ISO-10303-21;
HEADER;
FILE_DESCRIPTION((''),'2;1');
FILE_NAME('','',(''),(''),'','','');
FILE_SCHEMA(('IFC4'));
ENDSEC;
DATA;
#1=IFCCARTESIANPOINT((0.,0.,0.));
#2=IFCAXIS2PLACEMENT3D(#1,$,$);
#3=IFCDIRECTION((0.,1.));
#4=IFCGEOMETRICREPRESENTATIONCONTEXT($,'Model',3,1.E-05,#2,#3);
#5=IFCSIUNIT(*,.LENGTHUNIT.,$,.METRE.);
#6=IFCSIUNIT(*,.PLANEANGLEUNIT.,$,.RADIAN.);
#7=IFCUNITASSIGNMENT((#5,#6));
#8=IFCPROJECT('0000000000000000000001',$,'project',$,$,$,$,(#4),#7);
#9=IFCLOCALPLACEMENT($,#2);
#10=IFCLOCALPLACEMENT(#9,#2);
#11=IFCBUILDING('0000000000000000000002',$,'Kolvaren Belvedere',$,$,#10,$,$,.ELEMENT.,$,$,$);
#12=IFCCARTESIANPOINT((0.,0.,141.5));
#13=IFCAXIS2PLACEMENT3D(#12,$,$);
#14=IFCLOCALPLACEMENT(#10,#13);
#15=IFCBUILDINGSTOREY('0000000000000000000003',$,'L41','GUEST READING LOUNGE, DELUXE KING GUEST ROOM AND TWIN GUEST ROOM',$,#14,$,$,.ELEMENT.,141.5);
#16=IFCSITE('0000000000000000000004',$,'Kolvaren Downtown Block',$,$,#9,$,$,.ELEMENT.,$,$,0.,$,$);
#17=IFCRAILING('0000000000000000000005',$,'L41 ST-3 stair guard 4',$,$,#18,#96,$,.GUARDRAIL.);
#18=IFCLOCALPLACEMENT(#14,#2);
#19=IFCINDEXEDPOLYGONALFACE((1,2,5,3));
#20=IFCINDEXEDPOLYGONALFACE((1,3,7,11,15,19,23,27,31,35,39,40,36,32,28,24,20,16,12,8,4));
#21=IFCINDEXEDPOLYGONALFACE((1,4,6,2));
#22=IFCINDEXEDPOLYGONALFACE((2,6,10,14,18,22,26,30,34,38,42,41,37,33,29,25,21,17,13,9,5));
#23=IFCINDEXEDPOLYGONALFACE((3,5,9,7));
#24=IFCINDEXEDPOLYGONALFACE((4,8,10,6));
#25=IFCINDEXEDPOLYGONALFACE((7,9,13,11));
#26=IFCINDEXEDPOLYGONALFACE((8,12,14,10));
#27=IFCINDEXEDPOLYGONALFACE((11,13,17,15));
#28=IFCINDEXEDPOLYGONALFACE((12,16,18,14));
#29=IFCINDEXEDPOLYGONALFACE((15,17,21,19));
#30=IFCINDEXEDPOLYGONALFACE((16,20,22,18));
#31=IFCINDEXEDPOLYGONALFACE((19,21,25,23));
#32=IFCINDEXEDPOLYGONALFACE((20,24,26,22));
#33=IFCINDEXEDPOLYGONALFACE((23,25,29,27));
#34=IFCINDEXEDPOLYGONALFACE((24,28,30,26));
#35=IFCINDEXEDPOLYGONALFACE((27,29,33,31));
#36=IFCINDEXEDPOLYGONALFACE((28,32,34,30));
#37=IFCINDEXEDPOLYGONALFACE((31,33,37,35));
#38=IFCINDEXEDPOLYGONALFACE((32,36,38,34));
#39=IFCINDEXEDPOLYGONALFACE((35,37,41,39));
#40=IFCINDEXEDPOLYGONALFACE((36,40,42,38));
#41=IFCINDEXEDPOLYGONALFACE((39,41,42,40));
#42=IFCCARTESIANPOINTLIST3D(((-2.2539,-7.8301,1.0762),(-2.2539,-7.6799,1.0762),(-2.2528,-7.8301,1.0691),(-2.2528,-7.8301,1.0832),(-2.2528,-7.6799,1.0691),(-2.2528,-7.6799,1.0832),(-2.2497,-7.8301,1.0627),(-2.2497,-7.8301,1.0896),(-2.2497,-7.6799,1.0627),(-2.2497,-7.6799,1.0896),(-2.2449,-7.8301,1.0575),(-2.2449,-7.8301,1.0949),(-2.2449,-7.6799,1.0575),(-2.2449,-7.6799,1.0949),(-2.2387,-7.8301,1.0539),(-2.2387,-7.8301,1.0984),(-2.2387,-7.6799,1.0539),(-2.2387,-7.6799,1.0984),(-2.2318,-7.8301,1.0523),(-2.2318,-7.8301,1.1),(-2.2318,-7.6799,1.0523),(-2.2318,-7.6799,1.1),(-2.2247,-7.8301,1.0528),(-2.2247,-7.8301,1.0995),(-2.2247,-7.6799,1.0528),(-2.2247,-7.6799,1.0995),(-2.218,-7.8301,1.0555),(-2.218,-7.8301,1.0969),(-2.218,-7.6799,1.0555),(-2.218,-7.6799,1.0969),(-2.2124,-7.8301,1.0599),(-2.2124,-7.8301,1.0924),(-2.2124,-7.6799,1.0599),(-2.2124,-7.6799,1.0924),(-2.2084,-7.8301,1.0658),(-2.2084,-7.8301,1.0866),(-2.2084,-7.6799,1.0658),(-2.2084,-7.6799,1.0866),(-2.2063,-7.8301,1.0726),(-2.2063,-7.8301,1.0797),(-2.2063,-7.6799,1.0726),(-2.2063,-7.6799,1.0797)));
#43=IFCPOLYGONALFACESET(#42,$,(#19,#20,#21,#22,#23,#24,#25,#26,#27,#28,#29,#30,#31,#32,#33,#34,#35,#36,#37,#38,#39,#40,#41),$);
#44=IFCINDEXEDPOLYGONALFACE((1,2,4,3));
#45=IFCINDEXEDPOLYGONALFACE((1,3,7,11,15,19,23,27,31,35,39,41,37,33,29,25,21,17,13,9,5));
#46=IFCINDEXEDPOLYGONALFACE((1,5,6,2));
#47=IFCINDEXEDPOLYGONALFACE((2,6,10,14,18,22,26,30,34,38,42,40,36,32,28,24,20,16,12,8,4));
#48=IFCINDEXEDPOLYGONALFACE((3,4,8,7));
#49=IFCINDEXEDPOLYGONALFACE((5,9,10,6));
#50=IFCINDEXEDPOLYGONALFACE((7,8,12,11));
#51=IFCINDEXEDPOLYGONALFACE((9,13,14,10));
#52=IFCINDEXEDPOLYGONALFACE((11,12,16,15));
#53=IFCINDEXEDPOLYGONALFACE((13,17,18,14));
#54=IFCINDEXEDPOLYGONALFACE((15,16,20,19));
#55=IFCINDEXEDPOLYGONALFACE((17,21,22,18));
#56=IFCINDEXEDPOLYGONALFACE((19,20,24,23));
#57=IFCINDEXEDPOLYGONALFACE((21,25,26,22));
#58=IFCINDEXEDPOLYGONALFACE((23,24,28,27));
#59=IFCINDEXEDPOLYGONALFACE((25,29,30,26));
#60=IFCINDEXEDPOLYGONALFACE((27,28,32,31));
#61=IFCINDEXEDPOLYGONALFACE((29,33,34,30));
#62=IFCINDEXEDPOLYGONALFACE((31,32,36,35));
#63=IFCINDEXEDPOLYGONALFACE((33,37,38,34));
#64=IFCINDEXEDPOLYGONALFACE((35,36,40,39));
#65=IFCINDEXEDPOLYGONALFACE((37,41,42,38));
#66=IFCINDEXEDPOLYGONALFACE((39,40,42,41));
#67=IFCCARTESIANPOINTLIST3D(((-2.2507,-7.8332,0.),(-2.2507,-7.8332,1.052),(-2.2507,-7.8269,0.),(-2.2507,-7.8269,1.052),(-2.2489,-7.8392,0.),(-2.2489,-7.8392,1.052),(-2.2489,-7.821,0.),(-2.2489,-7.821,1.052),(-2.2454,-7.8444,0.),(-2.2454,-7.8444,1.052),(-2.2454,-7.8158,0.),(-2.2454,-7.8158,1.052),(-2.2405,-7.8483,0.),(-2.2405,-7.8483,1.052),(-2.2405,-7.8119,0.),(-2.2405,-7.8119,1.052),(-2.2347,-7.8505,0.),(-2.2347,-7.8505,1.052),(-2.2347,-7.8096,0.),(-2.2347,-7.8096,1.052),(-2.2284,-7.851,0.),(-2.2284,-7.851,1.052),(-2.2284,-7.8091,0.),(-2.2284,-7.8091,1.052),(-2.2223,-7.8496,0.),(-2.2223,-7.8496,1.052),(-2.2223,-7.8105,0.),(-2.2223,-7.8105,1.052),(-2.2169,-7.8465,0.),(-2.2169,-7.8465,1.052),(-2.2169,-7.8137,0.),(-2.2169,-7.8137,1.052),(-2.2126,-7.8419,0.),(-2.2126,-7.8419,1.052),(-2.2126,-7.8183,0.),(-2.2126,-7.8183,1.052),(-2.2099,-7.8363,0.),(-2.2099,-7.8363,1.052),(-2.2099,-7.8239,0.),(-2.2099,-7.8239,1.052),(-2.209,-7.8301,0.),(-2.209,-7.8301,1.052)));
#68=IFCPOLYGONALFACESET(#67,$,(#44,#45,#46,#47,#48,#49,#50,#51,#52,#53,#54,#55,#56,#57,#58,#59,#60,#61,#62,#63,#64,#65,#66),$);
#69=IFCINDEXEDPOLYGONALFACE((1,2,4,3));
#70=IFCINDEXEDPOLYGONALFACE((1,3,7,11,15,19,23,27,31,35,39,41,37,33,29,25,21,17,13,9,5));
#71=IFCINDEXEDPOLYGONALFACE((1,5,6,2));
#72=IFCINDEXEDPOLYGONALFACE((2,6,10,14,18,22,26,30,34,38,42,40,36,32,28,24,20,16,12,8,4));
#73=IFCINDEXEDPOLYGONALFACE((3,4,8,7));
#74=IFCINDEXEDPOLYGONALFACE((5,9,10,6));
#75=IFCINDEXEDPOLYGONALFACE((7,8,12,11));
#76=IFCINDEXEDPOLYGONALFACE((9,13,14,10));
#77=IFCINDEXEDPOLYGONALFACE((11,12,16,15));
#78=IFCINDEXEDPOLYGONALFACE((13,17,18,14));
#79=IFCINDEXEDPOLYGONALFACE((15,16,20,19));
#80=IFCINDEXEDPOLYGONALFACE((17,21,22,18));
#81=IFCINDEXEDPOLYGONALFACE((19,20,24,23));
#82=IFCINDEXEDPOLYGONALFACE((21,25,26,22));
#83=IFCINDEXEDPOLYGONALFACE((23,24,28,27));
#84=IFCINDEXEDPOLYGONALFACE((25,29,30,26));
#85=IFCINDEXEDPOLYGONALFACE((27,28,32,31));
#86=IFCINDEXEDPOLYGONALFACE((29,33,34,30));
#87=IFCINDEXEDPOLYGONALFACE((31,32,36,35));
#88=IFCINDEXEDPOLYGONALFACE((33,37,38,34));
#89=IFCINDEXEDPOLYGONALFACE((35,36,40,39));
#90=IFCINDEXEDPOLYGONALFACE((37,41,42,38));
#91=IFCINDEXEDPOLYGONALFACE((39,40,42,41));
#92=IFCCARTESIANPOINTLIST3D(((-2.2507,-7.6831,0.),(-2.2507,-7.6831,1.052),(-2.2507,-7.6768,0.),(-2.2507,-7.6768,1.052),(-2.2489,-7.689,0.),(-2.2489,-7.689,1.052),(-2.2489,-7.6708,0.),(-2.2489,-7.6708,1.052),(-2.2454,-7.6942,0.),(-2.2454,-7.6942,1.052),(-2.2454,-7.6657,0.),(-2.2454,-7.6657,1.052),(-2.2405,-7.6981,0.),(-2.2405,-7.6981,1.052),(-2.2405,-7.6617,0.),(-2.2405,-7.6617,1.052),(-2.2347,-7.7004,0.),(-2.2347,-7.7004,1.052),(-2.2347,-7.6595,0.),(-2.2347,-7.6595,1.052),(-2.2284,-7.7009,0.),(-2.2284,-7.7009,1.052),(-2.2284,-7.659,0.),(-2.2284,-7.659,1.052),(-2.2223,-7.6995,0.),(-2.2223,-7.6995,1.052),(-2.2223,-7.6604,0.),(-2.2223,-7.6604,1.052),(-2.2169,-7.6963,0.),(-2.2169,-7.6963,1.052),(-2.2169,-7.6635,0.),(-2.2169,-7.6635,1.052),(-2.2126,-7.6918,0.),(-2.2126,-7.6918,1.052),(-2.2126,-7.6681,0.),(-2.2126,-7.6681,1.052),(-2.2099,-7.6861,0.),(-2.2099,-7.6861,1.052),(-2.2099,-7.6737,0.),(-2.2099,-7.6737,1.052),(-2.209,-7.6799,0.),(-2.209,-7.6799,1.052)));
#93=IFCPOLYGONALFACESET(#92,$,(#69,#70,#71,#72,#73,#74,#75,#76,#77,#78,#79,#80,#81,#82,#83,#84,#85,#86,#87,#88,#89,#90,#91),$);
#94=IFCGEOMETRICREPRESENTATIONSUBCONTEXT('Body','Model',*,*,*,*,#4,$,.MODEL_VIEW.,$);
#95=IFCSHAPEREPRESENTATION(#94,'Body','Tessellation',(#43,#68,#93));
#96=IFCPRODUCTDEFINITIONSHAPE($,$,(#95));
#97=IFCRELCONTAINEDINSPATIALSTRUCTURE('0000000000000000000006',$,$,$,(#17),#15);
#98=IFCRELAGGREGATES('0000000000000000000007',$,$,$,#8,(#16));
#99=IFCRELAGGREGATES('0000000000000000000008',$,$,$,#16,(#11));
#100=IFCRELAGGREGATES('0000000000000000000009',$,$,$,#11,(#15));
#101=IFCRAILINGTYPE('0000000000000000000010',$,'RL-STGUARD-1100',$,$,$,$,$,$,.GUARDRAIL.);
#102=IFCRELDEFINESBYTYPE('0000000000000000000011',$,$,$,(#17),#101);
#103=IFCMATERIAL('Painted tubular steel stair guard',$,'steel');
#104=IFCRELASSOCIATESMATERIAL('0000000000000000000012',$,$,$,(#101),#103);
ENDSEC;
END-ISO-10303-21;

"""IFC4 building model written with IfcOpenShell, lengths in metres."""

from ifc_helpers import new_model, si_unit, direction, frame, origin, origin_2d, place, context, subcontext, project, spatial, circle, extrude, material, type_object, element, save


model = new_model("IFC4")

# Units and contexts
model_context = context("Model", 3, precision=1e-05, world=origin(), true_north=direction((0.0, 1.0)))
body_context = subcontext(model_context, "Body", "Model", "MODEL_VIEW")
ifc_project = project(units=[si_unit("LENGTHUNIT", "METRE"), si_unit("PLANEANGLEUNIT", "RADIAN")], contexts=[model_context])

# Site, building, storey
site_placement = place(None, origin())
site = spatial("IfcSite", under=ifc_project, at=site_placement, Name="Kolvaren Downtown Block", CompositionType="ELEMENT", RefElevation=0.0)
building_placement = place(site_placement, origin())
building = spatial("IfcBuilding", under=site, at=building_placement, Name="Kolvaren Belvedere", CompositionType="ELEMENT")
storey_placement = place(building_placement, frame((0.0, 0.0, 141.5)))
storey = spatial("IfcBuildingStorey", under=building, at=storey_placement, Name="L41", Description="GUEST READING LOUNGE, DELUXE KING GUEST ROOM AND TWIN GUEST ROOM", CompositionType="ELEMENT", Elevation=141.5)

# Railing
ifc_material_1 = material(Name="Painted tubular steel stair guard", Category="steel")
railing_type_1 = type_object("IfcRailingType", Name="RL-STGUARD-1100", PredefinedType="GUARDRAIL", material=ifc_material_1)
railing_1_placement = place(storey_placement, frame((-2.23, -7.8301, 0.0)))
element("IfcRailing", 1, at=railing_1_placement, inside=storey, type_object=railing_type_1, Name="L41 ST-3 stair guard 4", PredefinedType="GUARDRAIL", context=body_context, shape_type="SweptSolid", body=[
    extrude(circle(Radius=0.0239, at=origin_2d()), frame((0.0, 0.0, 1.0762), z_axis=(0.0, 1.0, 0.0), x_axis=(-1.0, 0.0, 0.0)), (0.0, 0.0, 1.0), 0.1501),
    extrude(circle(Radius=0.021, at=origin_2d()), origin(), (0.0, 0.0, 1.0), 1.052),
    extrude(circle(Radius=0.021, at=origin_2d()), frame((0.0, 0.1501, 0.0)), (0.0, 0.0, 1.0), 1.052),
])

save(model, "model.ifc")
